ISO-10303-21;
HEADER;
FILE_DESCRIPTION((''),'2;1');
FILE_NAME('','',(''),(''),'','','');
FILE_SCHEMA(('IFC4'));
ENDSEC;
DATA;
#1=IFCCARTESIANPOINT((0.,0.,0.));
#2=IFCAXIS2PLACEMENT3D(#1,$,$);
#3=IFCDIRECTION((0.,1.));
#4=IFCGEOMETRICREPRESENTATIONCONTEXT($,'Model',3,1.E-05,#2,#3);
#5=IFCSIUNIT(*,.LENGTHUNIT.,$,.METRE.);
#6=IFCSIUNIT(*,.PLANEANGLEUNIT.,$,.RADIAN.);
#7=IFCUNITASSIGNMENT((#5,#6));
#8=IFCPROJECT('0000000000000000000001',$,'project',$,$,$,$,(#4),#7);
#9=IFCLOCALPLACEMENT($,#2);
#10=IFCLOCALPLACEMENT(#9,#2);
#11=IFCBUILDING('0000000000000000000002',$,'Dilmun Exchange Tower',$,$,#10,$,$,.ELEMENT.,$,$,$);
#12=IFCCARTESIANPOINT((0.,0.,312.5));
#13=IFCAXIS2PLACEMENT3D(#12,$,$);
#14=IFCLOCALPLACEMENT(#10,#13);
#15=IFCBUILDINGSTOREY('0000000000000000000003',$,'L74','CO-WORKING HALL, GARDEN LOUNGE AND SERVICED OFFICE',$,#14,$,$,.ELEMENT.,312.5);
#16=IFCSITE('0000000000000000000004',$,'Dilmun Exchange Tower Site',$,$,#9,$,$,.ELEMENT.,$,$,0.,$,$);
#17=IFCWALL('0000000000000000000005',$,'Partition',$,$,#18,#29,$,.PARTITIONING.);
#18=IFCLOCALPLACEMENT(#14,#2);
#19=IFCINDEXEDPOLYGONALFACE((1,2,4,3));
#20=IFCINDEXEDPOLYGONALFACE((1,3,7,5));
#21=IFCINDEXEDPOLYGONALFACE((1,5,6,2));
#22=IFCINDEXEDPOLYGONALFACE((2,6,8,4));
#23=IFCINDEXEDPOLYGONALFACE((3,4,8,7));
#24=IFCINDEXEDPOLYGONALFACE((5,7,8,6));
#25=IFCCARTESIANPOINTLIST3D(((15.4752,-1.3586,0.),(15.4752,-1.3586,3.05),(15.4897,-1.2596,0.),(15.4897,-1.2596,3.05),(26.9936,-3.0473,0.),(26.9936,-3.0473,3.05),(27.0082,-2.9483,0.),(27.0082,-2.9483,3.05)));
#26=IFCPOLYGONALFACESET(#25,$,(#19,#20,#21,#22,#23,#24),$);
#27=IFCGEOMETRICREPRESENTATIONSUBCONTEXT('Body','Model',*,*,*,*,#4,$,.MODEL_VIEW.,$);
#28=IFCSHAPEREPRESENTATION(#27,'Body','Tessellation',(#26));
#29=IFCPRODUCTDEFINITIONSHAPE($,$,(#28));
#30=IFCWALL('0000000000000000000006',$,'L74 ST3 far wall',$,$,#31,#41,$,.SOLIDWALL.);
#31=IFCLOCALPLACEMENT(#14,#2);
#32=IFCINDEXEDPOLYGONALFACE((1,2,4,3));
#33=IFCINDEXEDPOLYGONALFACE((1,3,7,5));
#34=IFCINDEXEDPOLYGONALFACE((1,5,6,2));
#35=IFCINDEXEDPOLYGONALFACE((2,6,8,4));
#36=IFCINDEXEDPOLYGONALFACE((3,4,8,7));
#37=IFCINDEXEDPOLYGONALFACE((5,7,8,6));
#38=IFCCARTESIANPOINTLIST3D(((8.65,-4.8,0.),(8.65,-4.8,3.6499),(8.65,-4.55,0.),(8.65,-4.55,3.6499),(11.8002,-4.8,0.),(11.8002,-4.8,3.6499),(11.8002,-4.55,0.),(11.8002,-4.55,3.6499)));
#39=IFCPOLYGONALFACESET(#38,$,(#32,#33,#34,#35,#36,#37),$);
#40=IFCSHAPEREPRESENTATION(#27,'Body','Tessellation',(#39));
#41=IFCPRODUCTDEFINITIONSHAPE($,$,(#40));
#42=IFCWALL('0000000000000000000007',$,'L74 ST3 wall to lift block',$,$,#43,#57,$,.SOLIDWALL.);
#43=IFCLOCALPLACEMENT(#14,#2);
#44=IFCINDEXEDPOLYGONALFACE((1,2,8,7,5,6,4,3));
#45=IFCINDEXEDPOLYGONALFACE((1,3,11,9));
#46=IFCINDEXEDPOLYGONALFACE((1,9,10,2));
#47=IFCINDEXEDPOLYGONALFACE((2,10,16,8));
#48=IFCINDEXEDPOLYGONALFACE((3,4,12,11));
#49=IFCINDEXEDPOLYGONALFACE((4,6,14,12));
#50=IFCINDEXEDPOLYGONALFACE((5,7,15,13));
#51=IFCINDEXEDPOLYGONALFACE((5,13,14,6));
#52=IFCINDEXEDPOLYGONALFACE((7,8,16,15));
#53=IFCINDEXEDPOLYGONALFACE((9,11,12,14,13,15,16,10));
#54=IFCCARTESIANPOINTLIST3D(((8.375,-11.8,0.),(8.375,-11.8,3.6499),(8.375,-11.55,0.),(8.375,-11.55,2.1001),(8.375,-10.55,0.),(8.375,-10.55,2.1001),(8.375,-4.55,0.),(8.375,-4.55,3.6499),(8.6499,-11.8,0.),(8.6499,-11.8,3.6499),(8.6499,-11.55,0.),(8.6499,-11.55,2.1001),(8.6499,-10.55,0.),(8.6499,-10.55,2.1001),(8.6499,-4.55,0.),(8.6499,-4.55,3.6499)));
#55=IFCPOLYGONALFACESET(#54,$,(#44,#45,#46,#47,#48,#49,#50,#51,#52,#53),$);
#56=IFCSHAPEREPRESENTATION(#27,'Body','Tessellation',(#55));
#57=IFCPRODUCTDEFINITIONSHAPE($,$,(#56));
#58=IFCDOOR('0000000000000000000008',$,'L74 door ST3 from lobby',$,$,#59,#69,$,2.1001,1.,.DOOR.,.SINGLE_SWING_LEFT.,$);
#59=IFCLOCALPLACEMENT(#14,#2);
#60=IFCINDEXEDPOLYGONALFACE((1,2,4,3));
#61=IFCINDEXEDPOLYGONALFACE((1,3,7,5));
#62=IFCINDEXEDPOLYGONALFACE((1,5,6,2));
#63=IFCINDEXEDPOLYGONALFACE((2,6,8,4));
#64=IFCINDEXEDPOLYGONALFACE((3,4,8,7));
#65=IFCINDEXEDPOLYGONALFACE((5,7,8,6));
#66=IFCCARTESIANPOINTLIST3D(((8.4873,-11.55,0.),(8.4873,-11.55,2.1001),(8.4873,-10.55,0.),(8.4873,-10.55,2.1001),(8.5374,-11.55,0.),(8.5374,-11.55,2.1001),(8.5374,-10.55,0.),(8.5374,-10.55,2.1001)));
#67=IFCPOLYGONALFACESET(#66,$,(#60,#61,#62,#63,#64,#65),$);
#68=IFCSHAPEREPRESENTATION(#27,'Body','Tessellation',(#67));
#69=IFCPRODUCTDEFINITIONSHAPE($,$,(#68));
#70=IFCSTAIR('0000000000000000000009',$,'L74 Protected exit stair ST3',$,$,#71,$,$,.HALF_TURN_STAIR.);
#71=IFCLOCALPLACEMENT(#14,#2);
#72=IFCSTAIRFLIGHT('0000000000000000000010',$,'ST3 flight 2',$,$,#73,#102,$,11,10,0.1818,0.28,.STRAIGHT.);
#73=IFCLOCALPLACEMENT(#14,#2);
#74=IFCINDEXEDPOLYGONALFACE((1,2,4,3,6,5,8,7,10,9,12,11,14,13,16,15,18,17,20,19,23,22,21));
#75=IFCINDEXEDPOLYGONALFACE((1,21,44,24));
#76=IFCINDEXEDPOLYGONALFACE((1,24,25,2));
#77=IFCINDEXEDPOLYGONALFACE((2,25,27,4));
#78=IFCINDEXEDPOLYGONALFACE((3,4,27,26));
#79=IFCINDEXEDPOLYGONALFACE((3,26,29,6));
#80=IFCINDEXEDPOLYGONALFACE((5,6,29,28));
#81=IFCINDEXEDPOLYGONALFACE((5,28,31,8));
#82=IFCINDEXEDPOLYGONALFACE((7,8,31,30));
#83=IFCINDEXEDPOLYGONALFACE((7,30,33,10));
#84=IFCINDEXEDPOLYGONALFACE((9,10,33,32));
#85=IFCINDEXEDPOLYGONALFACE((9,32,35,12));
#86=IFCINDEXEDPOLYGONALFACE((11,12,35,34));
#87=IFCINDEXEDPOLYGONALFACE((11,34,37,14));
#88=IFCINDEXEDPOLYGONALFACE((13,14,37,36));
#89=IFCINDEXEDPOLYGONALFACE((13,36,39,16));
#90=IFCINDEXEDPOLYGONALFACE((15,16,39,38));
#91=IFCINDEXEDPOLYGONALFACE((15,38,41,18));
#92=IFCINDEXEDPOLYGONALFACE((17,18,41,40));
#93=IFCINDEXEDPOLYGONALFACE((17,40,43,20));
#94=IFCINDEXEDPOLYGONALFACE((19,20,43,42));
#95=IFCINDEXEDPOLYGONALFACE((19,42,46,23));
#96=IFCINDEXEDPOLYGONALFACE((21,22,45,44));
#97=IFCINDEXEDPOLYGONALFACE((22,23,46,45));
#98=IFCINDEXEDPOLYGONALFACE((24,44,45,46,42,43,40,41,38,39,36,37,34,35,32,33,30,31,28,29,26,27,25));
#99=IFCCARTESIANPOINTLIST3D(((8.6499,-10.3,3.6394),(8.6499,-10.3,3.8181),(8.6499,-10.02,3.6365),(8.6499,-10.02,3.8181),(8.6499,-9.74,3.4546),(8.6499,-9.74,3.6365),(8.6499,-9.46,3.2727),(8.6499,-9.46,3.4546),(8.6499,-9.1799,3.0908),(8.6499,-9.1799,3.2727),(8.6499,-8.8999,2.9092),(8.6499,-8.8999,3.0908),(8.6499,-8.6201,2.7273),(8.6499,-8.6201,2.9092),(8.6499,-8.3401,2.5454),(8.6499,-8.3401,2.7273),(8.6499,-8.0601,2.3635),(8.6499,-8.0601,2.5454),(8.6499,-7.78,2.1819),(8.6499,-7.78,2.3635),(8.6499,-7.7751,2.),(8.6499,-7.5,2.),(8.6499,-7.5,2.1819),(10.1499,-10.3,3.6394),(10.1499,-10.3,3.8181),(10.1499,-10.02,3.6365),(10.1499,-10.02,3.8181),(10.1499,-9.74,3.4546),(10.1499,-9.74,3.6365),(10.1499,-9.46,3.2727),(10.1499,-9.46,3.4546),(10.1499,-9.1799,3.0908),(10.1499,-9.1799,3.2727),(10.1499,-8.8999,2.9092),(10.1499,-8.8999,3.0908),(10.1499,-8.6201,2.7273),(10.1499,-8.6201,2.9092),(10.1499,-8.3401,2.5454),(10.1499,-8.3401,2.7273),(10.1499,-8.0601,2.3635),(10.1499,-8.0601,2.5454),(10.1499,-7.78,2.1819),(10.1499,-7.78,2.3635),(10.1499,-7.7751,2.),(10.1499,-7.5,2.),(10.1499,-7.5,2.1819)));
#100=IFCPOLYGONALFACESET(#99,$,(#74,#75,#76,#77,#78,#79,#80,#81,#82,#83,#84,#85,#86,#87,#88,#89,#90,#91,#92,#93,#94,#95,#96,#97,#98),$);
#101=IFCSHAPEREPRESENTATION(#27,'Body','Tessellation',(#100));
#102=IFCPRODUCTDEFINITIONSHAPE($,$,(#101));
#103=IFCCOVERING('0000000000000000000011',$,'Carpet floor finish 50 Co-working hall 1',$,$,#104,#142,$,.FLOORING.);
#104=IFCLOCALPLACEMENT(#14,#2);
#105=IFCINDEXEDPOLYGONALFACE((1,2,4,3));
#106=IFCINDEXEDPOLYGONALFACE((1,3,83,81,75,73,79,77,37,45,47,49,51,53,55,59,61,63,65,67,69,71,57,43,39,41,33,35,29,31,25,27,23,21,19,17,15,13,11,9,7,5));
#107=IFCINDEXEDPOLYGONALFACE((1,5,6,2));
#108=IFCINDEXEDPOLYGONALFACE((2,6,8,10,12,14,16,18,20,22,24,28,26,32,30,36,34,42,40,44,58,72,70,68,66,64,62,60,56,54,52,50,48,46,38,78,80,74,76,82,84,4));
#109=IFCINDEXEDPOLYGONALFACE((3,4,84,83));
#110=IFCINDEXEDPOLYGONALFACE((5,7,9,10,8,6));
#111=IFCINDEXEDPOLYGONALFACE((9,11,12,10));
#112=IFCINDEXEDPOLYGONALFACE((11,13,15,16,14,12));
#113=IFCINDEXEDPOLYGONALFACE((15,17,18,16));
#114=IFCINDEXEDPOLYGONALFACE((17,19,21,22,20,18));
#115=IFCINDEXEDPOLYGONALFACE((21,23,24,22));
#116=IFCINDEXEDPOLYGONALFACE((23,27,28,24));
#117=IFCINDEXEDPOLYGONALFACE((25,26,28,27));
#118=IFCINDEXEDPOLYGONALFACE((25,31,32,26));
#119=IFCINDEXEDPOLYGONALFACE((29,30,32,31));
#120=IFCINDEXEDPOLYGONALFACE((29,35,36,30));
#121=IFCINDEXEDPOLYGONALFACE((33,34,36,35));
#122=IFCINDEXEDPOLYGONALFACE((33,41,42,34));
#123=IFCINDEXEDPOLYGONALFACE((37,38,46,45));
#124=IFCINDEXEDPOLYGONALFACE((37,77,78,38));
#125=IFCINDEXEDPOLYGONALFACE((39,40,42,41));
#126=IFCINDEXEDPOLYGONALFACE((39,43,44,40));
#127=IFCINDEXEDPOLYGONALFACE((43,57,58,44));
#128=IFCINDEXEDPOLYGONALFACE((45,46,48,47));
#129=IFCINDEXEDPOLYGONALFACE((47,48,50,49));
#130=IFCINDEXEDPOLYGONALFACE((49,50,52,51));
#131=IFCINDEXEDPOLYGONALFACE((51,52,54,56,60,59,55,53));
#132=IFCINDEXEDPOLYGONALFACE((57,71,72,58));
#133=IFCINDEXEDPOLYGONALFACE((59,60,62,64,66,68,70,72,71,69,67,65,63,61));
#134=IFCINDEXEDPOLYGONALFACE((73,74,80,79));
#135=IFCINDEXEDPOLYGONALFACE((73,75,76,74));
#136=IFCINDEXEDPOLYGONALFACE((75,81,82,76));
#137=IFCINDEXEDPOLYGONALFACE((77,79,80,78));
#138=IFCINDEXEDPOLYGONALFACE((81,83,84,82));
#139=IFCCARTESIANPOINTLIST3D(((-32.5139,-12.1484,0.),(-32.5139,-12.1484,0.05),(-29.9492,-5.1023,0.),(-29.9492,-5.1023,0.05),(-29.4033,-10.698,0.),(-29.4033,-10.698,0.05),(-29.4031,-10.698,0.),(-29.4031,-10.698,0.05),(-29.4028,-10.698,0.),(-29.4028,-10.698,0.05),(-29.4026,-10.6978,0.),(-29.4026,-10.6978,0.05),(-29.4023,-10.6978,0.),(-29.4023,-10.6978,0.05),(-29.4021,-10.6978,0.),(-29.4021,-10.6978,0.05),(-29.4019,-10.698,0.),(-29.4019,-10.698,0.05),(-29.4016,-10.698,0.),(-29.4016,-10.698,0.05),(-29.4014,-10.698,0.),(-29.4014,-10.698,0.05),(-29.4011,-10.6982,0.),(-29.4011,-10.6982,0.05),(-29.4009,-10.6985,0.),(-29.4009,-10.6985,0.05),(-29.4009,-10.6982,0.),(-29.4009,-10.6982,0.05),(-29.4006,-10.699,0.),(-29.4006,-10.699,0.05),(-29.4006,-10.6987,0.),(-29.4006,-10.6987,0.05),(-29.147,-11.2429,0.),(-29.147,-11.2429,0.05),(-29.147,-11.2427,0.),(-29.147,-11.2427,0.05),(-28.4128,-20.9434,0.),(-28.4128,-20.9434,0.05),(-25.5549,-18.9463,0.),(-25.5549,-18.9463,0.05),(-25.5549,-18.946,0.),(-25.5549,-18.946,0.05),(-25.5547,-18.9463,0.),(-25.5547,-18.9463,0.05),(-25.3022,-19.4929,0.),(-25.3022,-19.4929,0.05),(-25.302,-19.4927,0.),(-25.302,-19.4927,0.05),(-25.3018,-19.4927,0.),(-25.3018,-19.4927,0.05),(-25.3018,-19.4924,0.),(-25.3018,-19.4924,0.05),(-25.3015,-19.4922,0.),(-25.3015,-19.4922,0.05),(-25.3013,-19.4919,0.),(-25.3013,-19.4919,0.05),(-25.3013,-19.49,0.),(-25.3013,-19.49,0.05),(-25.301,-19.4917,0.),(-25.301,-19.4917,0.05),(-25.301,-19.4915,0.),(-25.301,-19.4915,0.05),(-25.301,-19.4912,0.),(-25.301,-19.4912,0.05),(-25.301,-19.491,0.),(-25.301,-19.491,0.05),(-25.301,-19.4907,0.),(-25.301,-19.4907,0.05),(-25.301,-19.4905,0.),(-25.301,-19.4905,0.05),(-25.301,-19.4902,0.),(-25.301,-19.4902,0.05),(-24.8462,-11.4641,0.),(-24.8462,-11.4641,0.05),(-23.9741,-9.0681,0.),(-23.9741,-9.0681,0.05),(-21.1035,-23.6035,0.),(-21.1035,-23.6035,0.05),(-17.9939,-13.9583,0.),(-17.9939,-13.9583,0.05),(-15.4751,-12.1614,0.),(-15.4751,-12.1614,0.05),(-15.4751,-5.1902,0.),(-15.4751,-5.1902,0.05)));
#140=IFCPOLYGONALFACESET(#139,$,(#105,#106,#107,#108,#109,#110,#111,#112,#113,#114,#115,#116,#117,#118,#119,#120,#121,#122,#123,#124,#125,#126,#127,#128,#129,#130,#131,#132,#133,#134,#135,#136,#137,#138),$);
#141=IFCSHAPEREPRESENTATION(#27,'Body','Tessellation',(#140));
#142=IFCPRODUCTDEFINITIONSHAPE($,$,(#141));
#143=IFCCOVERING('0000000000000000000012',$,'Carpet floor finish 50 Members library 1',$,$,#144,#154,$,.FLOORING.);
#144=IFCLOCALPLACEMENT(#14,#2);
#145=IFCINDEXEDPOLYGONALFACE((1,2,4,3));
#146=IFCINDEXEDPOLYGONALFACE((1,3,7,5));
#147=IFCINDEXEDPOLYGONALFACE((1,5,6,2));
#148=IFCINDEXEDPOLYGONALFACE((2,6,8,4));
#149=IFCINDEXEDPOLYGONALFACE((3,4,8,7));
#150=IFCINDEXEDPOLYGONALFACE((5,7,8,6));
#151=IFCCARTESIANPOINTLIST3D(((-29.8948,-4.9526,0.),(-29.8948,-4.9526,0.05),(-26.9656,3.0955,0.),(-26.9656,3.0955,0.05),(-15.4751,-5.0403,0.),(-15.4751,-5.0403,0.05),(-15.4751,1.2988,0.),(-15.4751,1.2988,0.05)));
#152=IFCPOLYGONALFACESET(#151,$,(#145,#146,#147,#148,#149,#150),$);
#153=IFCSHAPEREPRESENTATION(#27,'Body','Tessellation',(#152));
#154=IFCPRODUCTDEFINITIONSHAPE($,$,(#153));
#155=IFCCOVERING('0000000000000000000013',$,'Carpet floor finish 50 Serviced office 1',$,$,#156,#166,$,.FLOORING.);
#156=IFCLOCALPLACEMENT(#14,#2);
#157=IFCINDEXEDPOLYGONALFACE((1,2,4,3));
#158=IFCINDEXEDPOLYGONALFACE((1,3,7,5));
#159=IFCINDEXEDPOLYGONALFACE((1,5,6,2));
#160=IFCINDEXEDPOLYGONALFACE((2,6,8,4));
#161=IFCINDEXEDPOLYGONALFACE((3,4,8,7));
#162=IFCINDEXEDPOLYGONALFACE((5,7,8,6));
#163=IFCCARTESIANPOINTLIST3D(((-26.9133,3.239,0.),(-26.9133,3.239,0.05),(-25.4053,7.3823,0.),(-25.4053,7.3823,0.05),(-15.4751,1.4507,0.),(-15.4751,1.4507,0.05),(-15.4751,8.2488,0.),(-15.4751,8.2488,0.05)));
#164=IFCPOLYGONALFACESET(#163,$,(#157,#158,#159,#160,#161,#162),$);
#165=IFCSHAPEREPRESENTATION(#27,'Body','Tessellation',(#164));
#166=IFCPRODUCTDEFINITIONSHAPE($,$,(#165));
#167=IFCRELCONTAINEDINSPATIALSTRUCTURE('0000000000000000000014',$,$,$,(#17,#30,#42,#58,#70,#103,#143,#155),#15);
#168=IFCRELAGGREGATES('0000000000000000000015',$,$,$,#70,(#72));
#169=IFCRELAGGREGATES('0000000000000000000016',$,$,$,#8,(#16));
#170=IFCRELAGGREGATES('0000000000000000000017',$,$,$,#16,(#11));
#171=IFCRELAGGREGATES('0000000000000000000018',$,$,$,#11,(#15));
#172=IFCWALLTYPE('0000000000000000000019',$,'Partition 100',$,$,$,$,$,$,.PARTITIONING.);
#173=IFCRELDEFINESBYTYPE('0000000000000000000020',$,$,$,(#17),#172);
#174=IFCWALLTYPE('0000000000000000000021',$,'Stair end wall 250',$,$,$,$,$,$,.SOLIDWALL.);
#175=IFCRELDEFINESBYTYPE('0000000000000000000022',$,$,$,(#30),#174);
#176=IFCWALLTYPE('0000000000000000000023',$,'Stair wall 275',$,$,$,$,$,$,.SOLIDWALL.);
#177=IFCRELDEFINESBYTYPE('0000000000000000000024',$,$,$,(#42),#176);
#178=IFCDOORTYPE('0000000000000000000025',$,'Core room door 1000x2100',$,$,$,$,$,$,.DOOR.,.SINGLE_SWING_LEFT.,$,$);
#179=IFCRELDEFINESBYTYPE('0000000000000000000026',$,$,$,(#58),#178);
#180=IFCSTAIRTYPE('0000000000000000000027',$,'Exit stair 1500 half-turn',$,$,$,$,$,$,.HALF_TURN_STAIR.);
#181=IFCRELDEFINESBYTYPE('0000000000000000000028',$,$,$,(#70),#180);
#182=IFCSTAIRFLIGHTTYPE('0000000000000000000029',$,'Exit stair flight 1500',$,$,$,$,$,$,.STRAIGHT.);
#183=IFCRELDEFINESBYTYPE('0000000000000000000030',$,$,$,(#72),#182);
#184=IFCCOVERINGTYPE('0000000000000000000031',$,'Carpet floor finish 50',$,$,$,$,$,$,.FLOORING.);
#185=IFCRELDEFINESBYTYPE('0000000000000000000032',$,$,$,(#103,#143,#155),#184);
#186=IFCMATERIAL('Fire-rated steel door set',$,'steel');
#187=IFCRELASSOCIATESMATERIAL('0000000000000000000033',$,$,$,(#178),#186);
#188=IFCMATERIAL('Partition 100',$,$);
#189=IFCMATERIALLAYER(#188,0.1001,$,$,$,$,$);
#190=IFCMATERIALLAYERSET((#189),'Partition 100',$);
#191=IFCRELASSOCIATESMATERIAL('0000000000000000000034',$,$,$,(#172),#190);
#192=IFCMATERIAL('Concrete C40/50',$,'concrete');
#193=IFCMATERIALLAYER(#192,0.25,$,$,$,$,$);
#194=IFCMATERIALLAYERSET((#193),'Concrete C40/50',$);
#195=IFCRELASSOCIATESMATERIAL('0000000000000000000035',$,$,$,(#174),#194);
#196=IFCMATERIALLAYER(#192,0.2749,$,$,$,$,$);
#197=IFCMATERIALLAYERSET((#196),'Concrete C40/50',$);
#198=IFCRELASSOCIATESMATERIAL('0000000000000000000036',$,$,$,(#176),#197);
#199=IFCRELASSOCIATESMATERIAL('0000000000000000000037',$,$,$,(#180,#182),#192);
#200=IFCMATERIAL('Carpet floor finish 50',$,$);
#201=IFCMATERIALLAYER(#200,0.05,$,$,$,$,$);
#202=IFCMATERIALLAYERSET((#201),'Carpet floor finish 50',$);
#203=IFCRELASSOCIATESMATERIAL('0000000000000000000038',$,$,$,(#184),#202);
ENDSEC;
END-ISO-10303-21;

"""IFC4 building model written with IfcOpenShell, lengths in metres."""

from ifc_helpers import new_model, si_unit, direction, frame, frame_2d, origin, place, context, subcontext, project, spatial, polyline, rectangle, outline, extrude, material, layer, layer_set, type_object, element, fill, aggregate, save


model = new_model("IFC4")

# Units and contexts
model_context = context("Model", 3, precision=1e-05, world=origin(), true_north=direction((0.0, 1.0)))
body_context = subcontext(model_context, "Body", "Model", "MODEL_VIEW")
ifc_project = project(units=[si_unit("LENGTHUNIT", "METRE"), si_unit("PLANEANGLEUNIT", "RADIAN")], contexts=[model_context])

# Site, building, storey
site_placement = place(None, origin())
site = spatial("IfcSite", under=ifc_project, at=site_placement, Name="Dilmun Exchange Tower Site", CompositionType="ELEMENT", RefElevation=0.0)
building_placement = place(site_placement, origin())
building = spatial("IfcBuilding", under=site, at=building_placement, Name="Dilmun Exchange Tower", CompositionType="ELEMENT")
storey_placement = place(building_placement, frame((0.0, 0.0, 312.5)))
storey = spatial("IfcBuildingStorey", under=building, at=storey_placement, Name="L74", Description="CO-WORKING HALL, GARDEN LOUNGE AND SERVICED OFFICE", CompositionType="ELEMENT", Elevation=312.5)

# Shared definitions
ifc_material_1 = material(Name="Concrete C40/50", Category="concrete")

# Shared definitions
ifc_material_2 = material(Name="Fire-rated steel door set", Category="steel")

# Shared definitions
door_type_1 = type_object("IfcDoorType", Name="Core room door 1000x2100", OperationType="SINGLE_SWING_LEFT", PredefinedType="DOOR", material=ifc_material_2)

# Walls
ifc_material_3 = material(Name="Partition 100")
ifc_layer_1 = layer(ifc_material_3, 0.1001)
ifc_layer_set_1 = layer_set([ifc_layer_1], Name="Partition 100")
wall_type_1 = type_object("IfcWallType", Name="Partition 100", PredefinedType="PARTITIONING", material=ifc_layer_set_1)
wall_1_placement = place(storey_placement, frame((15.4824, -1.3091, 0.0), z_axis=(0.0, 0.0, 1.0), x_axis=(0.989423, -0.145058, 0.0)))
element("IfcWall", 1, at=wall_1_placement, inside=storey, type_object=wall_type_1, Name="Partition", PredefinedType="PARTITIONING", context=body_context, shape_type="SweptSolid", body=[
    extrude(rectangle(XDim=11.6416, YDim=0.1001, at=frame_2d((5.8208, 0.0))), origin(), (0.0, 0.0, 1.0), 3.05),
])
ifc_layer_2 = layer(ifc_material_1, 0.25)
ifc_layer_set_2 = layer_set([ifc_layer_2], Name="Concrete C40/50")
wall_type_2 = type_object("IfcWallType", Name="Stair end wall 250", PredefinedType="SOLIDWALL", material=ifc_layer_set_2)
wall_2_placement = place(storey_placement, frame((8.6499, -4.675, 0.0), z_axis=(0.0, 0.0, 1.0), x_axis=(1.0, 0.0, 0.0)))
element("IfcWall", 2, at=wall_2_placement, inside=storey, type_object=wall_type_2, Name="L74 ST3 far wall", PredefinedType="SOLIDWALL", context=body_context, shape_type="SweptSolid", body=[
    extrude(rectangle(XDim=3.1501, YDim=0.25, at=frame_2d((1.5752, 0.0))), origin(), (0.0, 0.0, 1.0), 3.6499),
])

# Wall, opening, door
ifc_layer_3 = layer(ifc_material_1, 0.2749)
ifc_layer_set_3 = layer_set([ifc_layer_3], Name="Concrete C40/50")
wall_type_3 = type_object("IfcWallType", Name="Stair wall 275", PredefinedType="SOLIDWALL", material=ifc_layer_set_3)
wall_3_placement = place(storey_placement, frame((8.5125, -4.55, 0.0), z_axis=(0.0, 0.0, 1.0), x_axis=(0.0, -1.0, 0.0)))
wall_3 = element("IfcWall", 3, at=wall_3_placement, inside=storey, type_object=wall_type_3, Name="L74 ST3 wall to lift block", PredefinedType="SOLIDWALL", context=body_context, shape_type="SweptSolid", body=[
    extrude(rectangle(XDim=7.25, YDim=0.2749, at=frame_2d((3.625, 0.0))), origin(), (0.0, 0.0, 1.0), 3.6499),
])
opening_1_placement = place(wall_3_placement, frame((6.0, 0.0, 0.0)))
opening_1 = element("IfcOpeningElement", 4, at=opening_1_placement, cuts=wall_3, PredefinedType="OPENING", context=body_context, shape_type="SweptSolid", body=[
    extrude(rectangle(XDim=1.0, YDim=2.1001, at=frame_2d((0.5, 1.05))), frame((0.0, 0.1475, 0.0), z_axis=(0.0, -1.0, 0.0), x_axis=(1.0, 0.0, 0.0)), (0.0, 0.0, 1.0), 0.2949),
])
door_1_placement = place(opening_1_placement, origin())
door_1 = element("IfcDoor", 5, at=door_1_placement, inside=storey, type_object=door_type_1, Name="L74 door ST3 from lobby", OperationType="SINGLE_SWING_LEFT", OverallHeight=2.1001, OverallWidth=1.0, PredefinedType="DOOR", context=body_context, shape_type="SweptSolid", body=[
    extrude(rectangle(XDim=1.0, YDim=2.1001, at=frame_2d((0.5, 1.05))), frame((0.0, 0.0249, 0.0), z_axis=(0.0, -1.0, 0.0), x_axis=(1.0, 0.0, 0.0)), (0.0, 0.0, 1.0), 0.05),
])
fill(opening_1, door_1)

# Stair, stair flight
stair_type = type_object("IfcStairType", Name="Exit stair 1500 half-turn", PredefinedType="HALF_TURN_STAIR", material=ifc_material_1)
stair_placement = place(storey_placement, origin())
stair = element("IfcStair", 6, at=stair_placement, inside=storey, type_object=stair_type, Name="L74 Protected exit stair ST3", PredefinedType="HALF_TURN_STAIR")
stair_flight_type = type_object("IfcStairFlightType", Name="Exit stair flight 1500", PredefinedType="STRAIGHT", material=ifc_material_1)
stair_flight_placement = place(storey_placement, frame((9.3999, -7.5, 2.0), z_axis=(0.0, 0.0, 1.0), x_axis=(0.0, -1.0, 0.0)))
stair_flight = element("IfcStairFlight", 7, at=stair_flight_placement, type_object=stair_flight_type, Name="ST3 flight 2", NumberOfRisers=11, NumberOfTreads=10, PredefinedType="STRAIGHT", RiserHeight=0.1818, TreadLength=0.28, context=body_context, shape_type="SweptSolid", body=[
    extrude(outline(polyline([(0.0, 0.0), (0.0, 0.1819), (0.28, 0.1819), (0.28, 0.3635), (0.5601, 0.3635), (0.5601, 0.5454), (0.8401, 0.5454), (0.8401, 0.7273), (1.1201, 0.7273), (1.1201, 0.9092), (1.3999, 0.9092), (1.3999, 1.0908), (1.6799, 1.0908), (1.6799, 1.2727), (1.96, 1.2727), (1.96, 1.4546), (2.24, 1.4546), (2.24, 1.6365), (2.52, 1.6365), (2.52, 1.8181), (2.8, 1.8181), (2.8, 2.0), (2.8, 1.6394), (0.2751, 0.0), (0.0, 0.0)])), frame((0.0, 0.75, 0.0), z_axis=(0.0, -1.0, 0.0), x_axis=(1.0, 0.0, 0.0)), (0.0, 0.0, 1.0), 1.5),
])
aggregate(stair, [stair_flight])

# Coverings
ifc_material_4 = material(Name="Carpet floor finish 50")
ifc_layer_4 = layer(ifc_material_4, 0.05)
ifc_layer_set_4 = layer_set([ifc_layer_4], Name="Carpet floor finish 50")
covering_type_1 = type_object("IfcCoveringType", Name="Carpet floor finish 50", PredefinedType="FLOORING", material=ifc_layer_set_4)
covering_1_placement = place(storey_placement, origin())
element("IfcCovering", 8, at=covering_1_placement, inside=storey, type_object=covering_type_1, Name="Carpet floor finish 50 Co-working hall 1", PredefinedType="FLOORING", context=body_context, shape_type="SweptSolid", body=[
    extrude(outline(polyline([(-15.4751, -5.1902), (-15.4751, -12.1614), (-23.9741, -9.0681), (-24.8462, -11.4641), (-17.9939, -13.9583), (-21.1035, -23.6035), (-28.4128, -20.9434), (-25.3022, -19.4929), (-25.302, -19.4927), (-25.3018, -19.4927), (-25.3018, -19.4924), (-25.3015, -19.4922), (-25.3015, -19.4922), (-25.3013, -19.4919), (-25.3013, -19.4919), (-25.301, -19.4917), (-25.301, -19.4915), (-25.301, -19.4912), (-25.301, -19.4912), (-25.301, -19.491), (-25.301, -19.4907), (-25.301, -19.4905), (-25.301, -19.4902), (-25.3013, -19.49), (-25.5547, -18.9463), (-25.5549, -18.9463), (-25.5549, -18.946), (-29.147, -11.2429), (-29.147, -11.2427), (-29.4006, -10.699), (-29.4006, -10.6987), (-29.4009, -10.6985), (-29.4009, -10.6985), (-29.4009, -10.6982), (-29.4011, -10.6982), (-29.4014, -10.698), (-29.4016, -10.698), (-29.4016, -10.698), (-29.4019, -10.698), (-29.4021, -10.6978), (-29.4023, -10.6978), (-29.4026, -10.6978), (-29.4026, -10.6978), (-29.4028, -10.698), (-29.4031, -10.698), (-29.4033, -10.698), (-32.5139, -12.1484), (-29.9492, -5.1023), (-15.4751, -5.1902)])), origin(), (0.0, 0.0, 1.0), 0.05),
])
covering_2_placement = place(storey_placement, origin())
element("IfcCovering", 9, at=covering_2_placement, inside=storey, type_object=covering_type_1, Name="Carpet floor finish 50 Members library 1", PredefinedType="FLOORING", context=body_context, shape_type="SweptSolid", body=[
    extrude(outline(polyline([(-15.4751, -5.0403), (-29.8948, -4.9526), (-26.9656, 3.0955), (-15.4751, 1.2988), (-15.4751, -5.0403)])), origin(), (0.0, 0.0, 1.0), 0.05),
])
covering_3_placement = place(storey_placement, origin())
element("IfcCovering", 10, at=covering_3_placement, inside=storey, type_object=covering_type_1, Name="Carpet floor finish 50 Serviced office 1", PredefinedType="FLOORING", context=body_context, shape_type="SweptSolid", body=[
    extrude(outline(polyline([(-15.4751, 8.2488), (-15.4751, 1.4507), (-26.9133, 3.239), (-25.4053, 7.3823), (-15.4751, 8.2488)])), origin(), (0.0, 0.0, 1.0), 0.05),
])

save(model, "model.ifc")
